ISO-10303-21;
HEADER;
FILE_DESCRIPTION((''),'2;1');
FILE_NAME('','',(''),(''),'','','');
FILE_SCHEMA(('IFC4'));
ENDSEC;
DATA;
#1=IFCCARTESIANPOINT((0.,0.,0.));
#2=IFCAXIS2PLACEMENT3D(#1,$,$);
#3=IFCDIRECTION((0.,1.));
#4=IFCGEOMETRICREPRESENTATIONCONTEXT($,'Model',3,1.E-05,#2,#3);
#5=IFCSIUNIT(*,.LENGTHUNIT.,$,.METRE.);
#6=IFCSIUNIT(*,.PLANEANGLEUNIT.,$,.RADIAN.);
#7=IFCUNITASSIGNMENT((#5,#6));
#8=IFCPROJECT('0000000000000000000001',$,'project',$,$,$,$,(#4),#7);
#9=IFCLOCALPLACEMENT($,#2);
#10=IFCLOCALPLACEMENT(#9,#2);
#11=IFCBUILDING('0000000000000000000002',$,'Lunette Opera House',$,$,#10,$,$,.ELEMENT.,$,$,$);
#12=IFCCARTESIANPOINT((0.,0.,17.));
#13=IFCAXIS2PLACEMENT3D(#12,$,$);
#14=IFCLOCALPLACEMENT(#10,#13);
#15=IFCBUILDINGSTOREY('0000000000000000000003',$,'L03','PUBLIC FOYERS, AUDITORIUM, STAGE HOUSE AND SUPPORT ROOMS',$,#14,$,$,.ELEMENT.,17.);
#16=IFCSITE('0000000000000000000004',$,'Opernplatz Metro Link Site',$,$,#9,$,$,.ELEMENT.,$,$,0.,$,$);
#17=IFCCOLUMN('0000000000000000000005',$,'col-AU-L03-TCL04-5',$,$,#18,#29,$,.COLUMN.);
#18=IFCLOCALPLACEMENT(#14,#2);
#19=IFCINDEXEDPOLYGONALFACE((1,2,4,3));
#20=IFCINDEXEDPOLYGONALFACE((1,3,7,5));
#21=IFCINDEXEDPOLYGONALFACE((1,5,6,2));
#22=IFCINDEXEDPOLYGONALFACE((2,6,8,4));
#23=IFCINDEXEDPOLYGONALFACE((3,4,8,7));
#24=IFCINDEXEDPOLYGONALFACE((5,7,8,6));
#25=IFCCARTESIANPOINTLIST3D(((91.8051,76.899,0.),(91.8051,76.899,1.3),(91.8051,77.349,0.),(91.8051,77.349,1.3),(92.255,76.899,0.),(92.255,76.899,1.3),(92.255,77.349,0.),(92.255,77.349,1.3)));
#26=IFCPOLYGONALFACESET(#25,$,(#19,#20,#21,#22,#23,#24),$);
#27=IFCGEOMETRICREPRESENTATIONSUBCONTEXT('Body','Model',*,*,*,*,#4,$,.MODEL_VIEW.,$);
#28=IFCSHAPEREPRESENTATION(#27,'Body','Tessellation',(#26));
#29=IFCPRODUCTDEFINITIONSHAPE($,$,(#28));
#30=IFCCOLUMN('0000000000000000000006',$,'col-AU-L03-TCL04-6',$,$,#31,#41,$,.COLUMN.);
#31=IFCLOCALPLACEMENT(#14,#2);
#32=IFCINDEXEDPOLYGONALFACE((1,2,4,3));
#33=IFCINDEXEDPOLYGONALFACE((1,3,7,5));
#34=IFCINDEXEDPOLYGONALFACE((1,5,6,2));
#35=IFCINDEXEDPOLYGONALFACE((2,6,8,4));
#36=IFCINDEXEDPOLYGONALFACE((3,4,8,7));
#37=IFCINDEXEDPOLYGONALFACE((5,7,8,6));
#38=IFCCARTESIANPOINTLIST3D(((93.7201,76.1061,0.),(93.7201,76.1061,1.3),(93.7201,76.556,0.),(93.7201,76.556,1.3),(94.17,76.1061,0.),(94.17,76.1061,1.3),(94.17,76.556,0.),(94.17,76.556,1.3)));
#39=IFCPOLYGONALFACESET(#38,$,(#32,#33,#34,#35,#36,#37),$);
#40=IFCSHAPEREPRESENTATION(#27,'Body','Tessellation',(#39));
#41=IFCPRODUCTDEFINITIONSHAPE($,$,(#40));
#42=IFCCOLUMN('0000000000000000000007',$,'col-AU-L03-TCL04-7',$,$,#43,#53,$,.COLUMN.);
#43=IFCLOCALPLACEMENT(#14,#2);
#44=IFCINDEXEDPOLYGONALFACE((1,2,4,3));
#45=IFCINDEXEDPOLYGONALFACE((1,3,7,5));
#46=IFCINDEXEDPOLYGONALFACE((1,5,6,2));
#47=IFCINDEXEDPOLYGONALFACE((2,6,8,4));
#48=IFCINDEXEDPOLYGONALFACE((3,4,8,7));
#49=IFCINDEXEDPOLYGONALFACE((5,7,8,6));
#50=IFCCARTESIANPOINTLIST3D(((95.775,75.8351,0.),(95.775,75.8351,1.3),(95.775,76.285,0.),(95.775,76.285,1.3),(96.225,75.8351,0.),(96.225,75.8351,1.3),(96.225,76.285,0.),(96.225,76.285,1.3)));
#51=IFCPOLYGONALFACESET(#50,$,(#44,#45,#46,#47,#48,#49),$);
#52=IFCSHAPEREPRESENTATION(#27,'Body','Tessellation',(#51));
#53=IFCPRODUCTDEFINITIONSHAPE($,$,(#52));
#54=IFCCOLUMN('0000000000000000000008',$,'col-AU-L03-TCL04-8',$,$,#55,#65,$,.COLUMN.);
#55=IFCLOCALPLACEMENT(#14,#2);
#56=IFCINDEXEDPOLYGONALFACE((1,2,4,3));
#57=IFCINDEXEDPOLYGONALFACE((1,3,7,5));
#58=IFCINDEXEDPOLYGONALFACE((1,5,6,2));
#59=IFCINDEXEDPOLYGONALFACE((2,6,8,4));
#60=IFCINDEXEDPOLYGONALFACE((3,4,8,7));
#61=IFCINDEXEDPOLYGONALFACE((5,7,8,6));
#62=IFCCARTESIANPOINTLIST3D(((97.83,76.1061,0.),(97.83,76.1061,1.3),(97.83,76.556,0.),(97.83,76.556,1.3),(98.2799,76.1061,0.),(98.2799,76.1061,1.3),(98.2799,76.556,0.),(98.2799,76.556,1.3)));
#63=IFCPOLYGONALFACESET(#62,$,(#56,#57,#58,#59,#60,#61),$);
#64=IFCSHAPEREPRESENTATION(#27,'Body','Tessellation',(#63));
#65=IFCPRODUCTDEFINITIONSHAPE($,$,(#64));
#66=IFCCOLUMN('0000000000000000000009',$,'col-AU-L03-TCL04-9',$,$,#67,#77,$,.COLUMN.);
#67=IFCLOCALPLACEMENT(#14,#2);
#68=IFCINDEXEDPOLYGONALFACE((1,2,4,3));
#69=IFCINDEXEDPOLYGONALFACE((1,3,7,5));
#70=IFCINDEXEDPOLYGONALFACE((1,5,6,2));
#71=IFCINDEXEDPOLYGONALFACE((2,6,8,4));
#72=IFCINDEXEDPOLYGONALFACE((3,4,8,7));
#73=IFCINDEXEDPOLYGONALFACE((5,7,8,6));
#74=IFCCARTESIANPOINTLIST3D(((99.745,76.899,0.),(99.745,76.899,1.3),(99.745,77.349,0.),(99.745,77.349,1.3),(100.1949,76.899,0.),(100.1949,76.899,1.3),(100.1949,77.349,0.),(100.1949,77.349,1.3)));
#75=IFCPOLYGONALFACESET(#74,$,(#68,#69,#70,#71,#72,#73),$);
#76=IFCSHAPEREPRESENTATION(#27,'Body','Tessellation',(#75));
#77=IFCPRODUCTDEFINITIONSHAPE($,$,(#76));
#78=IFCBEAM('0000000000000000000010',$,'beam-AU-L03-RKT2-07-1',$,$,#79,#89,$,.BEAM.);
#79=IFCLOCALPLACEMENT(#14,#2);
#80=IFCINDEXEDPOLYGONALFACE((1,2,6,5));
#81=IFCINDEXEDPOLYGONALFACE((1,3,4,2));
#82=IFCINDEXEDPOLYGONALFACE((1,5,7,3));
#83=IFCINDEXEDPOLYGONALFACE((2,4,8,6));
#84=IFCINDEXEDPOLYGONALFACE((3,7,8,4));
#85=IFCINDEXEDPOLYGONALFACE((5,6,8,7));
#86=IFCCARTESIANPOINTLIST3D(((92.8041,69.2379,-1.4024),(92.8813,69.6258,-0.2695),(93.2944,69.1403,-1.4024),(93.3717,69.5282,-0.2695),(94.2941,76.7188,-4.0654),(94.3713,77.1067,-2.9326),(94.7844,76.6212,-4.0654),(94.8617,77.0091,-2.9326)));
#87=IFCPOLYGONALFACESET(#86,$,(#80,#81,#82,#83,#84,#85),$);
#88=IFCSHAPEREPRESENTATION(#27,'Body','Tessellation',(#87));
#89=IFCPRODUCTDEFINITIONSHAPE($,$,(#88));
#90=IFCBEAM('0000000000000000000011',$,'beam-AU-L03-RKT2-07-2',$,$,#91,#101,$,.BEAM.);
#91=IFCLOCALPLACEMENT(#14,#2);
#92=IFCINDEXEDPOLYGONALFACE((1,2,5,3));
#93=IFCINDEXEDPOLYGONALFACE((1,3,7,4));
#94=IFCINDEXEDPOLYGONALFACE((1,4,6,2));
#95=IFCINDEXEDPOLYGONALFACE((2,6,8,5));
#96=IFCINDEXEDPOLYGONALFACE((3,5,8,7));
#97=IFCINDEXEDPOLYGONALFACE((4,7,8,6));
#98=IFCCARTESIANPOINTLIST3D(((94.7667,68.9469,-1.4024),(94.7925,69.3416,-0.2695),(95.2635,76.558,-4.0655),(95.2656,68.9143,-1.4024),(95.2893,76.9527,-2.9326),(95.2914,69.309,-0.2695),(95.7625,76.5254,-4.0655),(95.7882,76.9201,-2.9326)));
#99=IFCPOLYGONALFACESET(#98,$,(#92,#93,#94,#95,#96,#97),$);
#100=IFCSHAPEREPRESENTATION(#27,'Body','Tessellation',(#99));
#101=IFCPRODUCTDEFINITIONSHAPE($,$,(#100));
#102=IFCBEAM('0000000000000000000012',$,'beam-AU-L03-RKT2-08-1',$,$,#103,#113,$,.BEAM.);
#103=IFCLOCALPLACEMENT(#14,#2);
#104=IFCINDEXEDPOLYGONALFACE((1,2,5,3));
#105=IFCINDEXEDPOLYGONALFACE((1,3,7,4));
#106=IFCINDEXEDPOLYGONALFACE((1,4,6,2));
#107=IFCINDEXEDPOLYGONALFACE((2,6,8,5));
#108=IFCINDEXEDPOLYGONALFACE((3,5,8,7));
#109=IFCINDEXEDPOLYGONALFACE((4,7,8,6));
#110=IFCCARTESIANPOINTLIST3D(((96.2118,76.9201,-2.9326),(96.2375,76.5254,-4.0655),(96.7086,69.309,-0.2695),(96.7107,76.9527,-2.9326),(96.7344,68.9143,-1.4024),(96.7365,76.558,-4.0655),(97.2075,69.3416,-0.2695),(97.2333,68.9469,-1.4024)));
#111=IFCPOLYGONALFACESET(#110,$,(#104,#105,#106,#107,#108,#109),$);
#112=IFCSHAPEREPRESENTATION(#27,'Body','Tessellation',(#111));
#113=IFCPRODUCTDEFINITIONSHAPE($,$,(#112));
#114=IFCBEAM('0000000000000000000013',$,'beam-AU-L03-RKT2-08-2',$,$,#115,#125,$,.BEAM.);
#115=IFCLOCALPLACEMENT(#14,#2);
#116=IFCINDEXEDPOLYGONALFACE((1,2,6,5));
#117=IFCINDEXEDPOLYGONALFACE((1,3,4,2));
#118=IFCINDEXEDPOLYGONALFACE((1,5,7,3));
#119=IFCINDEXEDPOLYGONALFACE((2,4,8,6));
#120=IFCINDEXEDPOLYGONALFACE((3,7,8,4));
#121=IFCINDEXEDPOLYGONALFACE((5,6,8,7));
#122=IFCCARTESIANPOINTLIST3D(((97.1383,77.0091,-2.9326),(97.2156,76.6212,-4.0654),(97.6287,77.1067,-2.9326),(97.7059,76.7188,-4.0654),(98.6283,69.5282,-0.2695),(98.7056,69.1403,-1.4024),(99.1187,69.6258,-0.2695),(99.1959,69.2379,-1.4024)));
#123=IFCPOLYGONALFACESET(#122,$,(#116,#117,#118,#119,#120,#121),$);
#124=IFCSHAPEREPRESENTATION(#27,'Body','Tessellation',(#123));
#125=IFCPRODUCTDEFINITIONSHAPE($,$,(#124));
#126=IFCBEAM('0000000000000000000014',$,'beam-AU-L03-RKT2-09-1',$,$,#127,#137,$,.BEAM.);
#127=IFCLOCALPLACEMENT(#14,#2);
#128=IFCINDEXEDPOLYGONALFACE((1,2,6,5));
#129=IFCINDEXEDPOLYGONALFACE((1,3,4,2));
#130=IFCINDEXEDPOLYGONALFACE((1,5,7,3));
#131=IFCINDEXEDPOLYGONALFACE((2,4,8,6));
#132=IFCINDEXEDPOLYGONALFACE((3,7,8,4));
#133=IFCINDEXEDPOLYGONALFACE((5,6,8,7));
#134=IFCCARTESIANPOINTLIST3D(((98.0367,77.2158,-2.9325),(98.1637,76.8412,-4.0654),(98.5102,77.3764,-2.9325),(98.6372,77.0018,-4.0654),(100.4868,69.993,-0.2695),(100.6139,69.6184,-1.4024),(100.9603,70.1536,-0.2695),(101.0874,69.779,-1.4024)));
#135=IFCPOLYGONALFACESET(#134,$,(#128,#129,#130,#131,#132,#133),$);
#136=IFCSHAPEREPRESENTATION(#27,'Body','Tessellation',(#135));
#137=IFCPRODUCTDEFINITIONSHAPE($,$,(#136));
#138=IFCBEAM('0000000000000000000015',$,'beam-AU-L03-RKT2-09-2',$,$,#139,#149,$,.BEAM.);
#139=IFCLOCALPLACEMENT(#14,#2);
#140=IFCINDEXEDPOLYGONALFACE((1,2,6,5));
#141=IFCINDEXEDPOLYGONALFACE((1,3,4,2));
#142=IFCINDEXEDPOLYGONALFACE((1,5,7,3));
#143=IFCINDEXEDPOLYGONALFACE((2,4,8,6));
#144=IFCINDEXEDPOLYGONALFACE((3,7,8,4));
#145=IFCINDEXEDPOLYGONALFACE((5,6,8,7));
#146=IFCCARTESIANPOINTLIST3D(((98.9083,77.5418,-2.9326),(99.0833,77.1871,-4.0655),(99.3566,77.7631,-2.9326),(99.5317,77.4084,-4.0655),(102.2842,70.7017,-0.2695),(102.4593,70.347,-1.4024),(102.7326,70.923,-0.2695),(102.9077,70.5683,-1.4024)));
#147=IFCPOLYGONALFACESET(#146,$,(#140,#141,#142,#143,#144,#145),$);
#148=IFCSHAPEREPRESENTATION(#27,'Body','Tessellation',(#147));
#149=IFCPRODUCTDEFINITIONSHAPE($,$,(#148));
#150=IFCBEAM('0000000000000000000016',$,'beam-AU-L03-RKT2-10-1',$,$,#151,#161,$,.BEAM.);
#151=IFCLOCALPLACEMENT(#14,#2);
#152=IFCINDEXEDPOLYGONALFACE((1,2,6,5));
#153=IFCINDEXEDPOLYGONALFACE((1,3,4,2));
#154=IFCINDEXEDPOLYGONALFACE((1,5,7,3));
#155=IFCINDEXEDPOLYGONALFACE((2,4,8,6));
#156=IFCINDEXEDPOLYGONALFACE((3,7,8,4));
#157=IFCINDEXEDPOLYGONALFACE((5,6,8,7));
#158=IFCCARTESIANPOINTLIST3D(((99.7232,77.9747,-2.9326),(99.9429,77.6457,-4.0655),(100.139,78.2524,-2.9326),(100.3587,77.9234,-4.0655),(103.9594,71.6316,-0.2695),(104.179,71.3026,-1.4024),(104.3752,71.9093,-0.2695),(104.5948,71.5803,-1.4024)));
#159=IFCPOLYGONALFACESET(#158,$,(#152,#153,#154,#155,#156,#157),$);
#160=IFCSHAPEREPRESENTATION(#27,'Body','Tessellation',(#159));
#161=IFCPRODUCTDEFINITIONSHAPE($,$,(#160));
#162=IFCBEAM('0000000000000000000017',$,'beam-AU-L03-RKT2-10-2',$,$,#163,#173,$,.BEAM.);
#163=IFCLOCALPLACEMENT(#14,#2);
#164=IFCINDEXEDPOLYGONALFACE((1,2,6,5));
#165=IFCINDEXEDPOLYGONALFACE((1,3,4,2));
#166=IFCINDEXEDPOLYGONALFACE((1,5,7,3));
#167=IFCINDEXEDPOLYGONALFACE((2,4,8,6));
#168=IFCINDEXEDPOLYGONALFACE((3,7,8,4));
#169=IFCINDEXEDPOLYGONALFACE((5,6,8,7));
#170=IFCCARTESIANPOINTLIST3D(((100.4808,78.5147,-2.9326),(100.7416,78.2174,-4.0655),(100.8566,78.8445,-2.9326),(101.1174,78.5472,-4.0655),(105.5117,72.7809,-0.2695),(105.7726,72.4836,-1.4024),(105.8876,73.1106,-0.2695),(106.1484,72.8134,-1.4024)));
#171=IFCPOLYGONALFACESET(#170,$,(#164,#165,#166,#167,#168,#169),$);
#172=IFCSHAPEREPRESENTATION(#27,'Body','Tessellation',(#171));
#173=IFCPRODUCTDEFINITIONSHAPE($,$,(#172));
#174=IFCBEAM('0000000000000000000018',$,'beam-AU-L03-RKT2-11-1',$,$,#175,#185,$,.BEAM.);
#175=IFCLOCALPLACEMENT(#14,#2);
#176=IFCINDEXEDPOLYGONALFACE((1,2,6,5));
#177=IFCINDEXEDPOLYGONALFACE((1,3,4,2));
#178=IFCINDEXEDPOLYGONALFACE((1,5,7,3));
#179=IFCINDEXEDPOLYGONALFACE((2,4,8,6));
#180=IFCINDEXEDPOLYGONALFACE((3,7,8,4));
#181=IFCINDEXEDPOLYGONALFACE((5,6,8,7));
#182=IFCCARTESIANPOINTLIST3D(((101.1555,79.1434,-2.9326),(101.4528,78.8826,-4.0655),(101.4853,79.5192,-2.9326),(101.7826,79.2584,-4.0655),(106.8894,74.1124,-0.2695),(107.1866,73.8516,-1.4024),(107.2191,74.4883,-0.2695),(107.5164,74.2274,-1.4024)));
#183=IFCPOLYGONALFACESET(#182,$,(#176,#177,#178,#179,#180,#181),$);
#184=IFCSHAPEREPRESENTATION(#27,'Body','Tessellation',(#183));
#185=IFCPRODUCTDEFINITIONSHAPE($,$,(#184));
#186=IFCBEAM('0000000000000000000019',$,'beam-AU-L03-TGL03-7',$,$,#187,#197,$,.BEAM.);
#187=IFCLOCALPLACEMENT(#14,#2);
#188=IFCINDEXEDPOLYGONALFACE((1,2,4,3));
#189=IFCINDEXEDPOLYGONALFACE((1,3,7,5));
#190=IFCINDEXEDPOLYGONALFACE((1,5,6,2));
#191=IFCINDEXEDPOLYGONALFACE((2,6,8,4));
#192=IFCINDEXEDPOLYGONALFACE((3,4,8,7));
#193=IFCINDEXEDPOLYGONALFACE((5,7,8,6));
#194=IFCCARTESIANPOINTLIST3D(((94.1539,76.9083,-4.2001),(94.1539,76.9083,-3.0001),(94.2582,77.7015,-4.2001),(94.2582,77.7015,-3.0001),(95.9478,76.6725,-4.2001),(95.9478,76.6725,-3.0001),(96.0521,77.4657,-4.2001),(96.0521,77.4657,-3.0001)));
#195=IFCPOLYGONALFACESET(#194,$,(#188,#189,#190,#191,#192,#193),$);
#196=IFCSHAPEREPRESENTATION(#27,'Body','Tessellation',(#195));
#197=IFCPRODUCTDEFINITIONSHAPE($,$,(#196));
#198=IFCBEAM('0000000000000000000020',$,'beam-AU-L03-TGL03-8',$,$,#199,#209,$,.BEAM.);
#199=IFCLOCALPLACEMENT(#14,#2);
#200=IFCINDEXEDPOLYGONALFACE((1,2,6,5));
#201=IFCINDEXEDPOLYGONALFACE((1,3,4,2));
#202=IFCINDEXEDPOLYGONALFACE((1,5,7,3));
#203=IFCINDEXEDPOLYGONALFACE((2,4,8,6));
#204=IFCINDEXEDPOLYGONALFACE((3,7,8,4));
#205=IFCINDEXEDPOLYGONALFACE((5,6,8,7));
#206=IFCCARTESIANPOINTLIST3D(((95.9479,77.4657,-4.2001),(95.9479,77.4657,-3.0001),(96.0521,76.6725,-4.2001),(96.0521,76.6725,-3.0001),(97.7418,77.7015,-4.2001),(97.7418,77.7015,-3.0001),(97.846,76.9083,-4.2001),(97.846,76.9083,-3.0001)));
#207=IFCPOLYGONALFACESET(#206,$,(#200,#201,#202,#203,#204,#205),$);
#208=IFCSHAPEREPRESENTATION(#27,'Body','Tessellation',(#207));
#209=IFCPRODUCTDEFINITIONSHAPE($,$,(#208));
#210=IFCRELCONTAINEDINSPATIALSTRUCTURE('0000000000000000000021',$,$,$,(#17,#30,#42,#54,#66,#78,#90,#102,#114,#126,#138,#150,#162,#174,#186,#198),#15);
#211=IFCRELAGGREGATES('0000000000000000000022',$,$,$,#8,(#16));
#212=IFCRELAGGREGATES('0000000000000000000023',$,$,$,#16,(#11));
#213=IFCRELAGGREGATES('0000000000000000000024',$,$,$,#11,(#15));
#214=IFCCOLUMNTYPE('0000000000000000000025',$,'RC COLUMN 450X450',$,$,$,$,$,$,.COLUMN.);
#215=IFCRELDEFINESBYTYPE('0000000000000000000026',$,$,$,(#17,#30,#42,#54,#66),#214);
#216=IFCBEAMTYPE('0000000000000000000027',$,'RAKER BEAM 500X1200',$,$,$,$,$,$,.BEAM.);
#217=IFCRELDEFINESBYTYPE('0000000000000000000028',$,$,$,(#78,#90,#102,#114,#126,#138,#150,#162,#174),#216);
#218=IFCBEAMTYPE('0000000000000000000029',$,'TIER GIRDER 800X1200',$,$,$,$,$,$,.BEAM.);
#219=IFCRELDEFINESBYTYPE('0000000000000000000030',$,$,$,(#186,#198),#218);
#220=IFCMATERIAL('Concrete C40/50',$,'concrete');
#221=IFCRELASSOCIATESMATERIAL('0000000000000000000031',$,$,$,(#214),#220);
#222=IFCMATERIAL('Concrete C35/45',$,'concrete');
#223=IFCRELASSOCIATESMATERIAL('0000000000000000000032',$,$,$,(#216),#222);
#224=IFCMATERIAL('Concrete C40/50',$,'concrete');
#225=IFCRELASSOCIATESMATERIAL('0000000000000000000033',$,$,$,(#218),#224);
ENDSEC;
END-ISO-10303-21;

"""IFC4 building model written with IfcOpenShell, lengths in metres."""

from ifc_helpers import new_model, si_unit, direction, frame, origin, origin_2d, place, context, subcontext, project, spatial, rectangle, extrude, material, material_profile, profile_set, type_object, element, save


model = new_model("IFC4")

# Units and contexts
model_context = context("Model", 3, precision=1e-05, world=origin(), true_north=direction((0.0, 1.0)))
body_context = subcontext(model_context, "Body", "Model", "MODEL_VIEW")
ifc_project = project(units=[si_unit("LENGTHUNIT", "METRE"), si_unit("PLANEANGLEUNIT", "RADIAN")], contexts=[model_context])

# Site, building, storey
site_placement = place(None, origin())
site = spatial("IfcSite", under=ifc_project, at=site_placement, Name="Opernplatz Metro Link Site", CompositionType="ELEMENT", RefElevation=0.0)
building_placement = place(site_placement, origin())
building = spatial("IfcBuilding", under=site, at=building_placement, Name="Lunette Opera House", CompositionType="ELEMENT")
storey_placement = place(building_placement, frame((0.0, 0.0, 17.0)))
storey = spatial("IfcBuildingStorey", under=building, at=storey_placement, Name="L03", Description="PUBLIC FOYERS, AUDITORIUM, STAGE HOUSE AND SUPPORT ROOMS", CompositionType="ELEMENT", Elevation=17.0)

# Columns
ifc_material_1 = material(Name="Concrete C40/50", Category="concrete")
ifc_material_profile_1 = material_profile(ifc_material_1, rectangle(XDim=0.45, YDim=0.45, at=origin_2d()), Name="RC COLUMN 450X450")
ifc_profile_set_1 = profile_set([ifc_material_profile_1], Name="Concrete C40/50")
column_type = type_object("IfcColumnType", Name="RC COLUMN 450X450", PredefinedType="COLUMN", material=ifc_profile_set_1)
for number, where, z_axis, x_axis, name in (
    (1, (92.03, 77.124, 0.0), (0.0, 0.0, 1.0), (1.0, 0.0, 0.0), "col-AU-L03-TCL04-5"),
    (2, (93.9451, 76.3311, 0.0), (0.0, 0.0, 1.0), (1.0, 0.0, 0.0), "col-AU-L03-TCL04-6"),
    (3, (96.0, 76.0601, 0.0), (0.0, 0.0, 1.0), (1.0, 0.0, 0.0), "col-AU-L03-TCL04-7"),
    (4, (98.0549, 76.3311, 0.0), (0.0, 0.0, 1.0), (1.0, 0.0, 0.0), "col-AU-L03-TCL04-8"),
    (5, (99.97, 77.124, 0.0), (0.0, 0.0, 1.0), (1.0, 0.0, 0.0), "col-AU-L03-TCL04-9"),
):
    element("IfcColumn", number, at=place(storey_placement, frame(where, z_axis=z_axis, x_axis=x_axis)), inside=storey, type_object=column_type, Name=name, PredefinedType="COLUMN", context=body_context, shape_type="SweptSolid", body=[
        extrude(rectangle(XDim=0.45, YDim=0.45, at=origin_2d()), origin(), (0.0, 0.0, 1.0), 1.3),
    ])

# Beams
ifc_material_2 = material(Name="Concrete C35/45", Category="concrete")
ifc_material_profile_2 = material_profile(ifc_material_2, rectangle(XDim=0.5, YDim=1.2, at=origin_2d()), Name="RAKER BEAM 500X1200")
ifc_profile_set_2 = profile_set([ifc_material_profile_2], Name="Concrete C35/45")
beam_type_1 = type_object("IfcBeamType", Name="RAKER BEAM 500X1200", PredefinedType="BEAM", material=ifc_profile_set_2)
beam_1_placement = place(storey_placement, frame((93.0879, 69.3831, -0.8359), z_axis=(0.184418, 0.925929, -0.329614), x_axis=(-0.980737, 0.195334, 0.0)))
element("IfcBeam", 6, at=beam_1_placement, inside=storey, type_object=beam_type_1, Name="beam-AU-L03-RKT2-07-1", PredefinedType="BEAM", context=body_context, shape_type="SweptSolid", body=[
    extrude(rectangle(XDim=0.5, YDim=1.2, at=origin_2d()), origin(), (0.0, 0.0, 1.0), 8.0793),
])
for number, where, z_axis, x_axis, name in (
    (7, (95.0291, 69.1279, -0.8359), (0.061497, 0.942102, -0.329638), (-0.997876, 0.065138, 0.0), "beam-AU-L03-RKT2-07-2"),
    (8, (96.9709, 69.1279, -0.8359), (-0.061497, 0.942102, -0.329638), (-0.997876, -0.065138, 0.0), "beam-AU-L03-RKT2-08-1"),
):
    element("IfcBeam", number, at=place(storey_placement, frame(where, z_axis=z_axis, x_axis=x_axis)), inside=storey, type_object=beam_type_1, Name=name, PredefinedType="BEAM", context=body_context, shape_type="SweptSolid", body=[
        extrude(rectangle(XDim=0.5, YDim=1.2, at=origin_2d()), origin(), (0.0, 0.0, 1.0), 8.0789),
    ])
beam_2_placement = place(storey_placement, frame((98.9121, 69.3831, -0.8359), z_axis=(-0.184418, 0.925929, -0.329614), x_axis=(-0.980737, -0.195334, 0.0)))
element("IfcBeam", 9, at=beam_2_placement, inside=storey, type_object=beam_type_1, Name="beam-AU-L03-RKT2-08-2", PredefinedType="BEAM", context=body_context, shape_type="SweptSolid", body=[
    extrude(rectangle(XDim=0.5, YDim=1.2, at=origin_2d()), origin(), (0.0, 0.0, 1.0), 8.0793),
])
beam_3_placement = place(storey_placement, frame((100.7871, 69.886, -0.8359), z_axis=(-0.30329, 0.894065, -0.329642), x_axis=(-0.946996, -0.321246, 0.0)))
element("IfcBeam", 10, at=beam_3_placement, inside=storey, type_object=beam_type_1, Name="beam-AU-L03-RKT2-09-1", PredefinedType="BEAM", context=body_context, shape_type="SweptSolid", body=[
    extrude(rectangle(XDim=0.5, YDim=1.2, at=origin_2d()), origin(), (0.0, 0.0, 1.0), 8.0786),
])
beam_4_placement = place(storey_placement, frame((102.5959, 70.635, -0.8359), z_axis=(-0.417852, 0.846613, -0.329616), x_axis=(-0.896726, -0.442586, 0.0)))
element("IfcBeam", 11, at=beam_4_placement, inside=storey, type_object=beam_type_1, Name="beam-AU-L03-RKT2-09-2", PredefinedType="BEAM", context=body_context, shape_type="SweptSolid", body=[
    extrude(rectangle(XDim=0.5, YDim=1.2, at=origin_2d()), origin(), (0.0, 0.0, 1.0), 8.0793),
])
beam_5_placement = place(storey_placement, frame((104.2771, 71.606, -0.8359), z_axis=(-0.524332, 0.785124, -0.32963), x_axis=(-0.831602, -0.555372, 0.0)))
element("IfcBeam", 12, at=beam_5_placement, inside=storey, type_object=beam_type_1, Name="beam-AU-L03-RKT2-10-1", PredefinedType="BEAM", context=body_context, shape_type="SweptSolid", body=[
    extrude(rectangle(XDim=0.5, YDim=1.2, at=origin_2d()), origin(), (0.0, 0.0, 1.0), 8.0791),
])
for number, where, z_axis, x_axis, name in (
    (13, (105.8301, 72.7971, -0.8359), (-0.622677, 0.709671, -0.329605), (-0.751676, -0.659533, 0.0), "beam-AU-L03-RKT2-10-2"),
    (14, (107.2029, 74.1699, -0.8359), (-0.709671, 0.622677, -0.329605), (-0.659533, -0.751676, 0.0), "beam-AU-L03-RKT2-11-1"),
):
    element("IfcBeam", number, at=place(storey_placement, frame(where, z_axis=z_axis, x_axis=x_axis)), inside=storey, type_object=beam_type_1, Name=name, PredefinedType="BEAM", context=body_context, shape_type="SweptSolid", body=[
        extrude(rectangle(XDim=0.5, YDim=1.2, at=origin_2d()), origin(), (0.0, 0.0, 1.0), 8.0796),
    ])
ifc_material_3 = material(Name="Concrete C40/50", Category="concrete")
ifc_material_profile_3 = material_profile(ifc_material_3, rectangle(XDim=0.8, YDim=1.2, at=origin_2d()), Name="TIER GIRDER 800X1200")
ifc_profile_set_3 = profile_set([ifc_material_profile_3], Name="Concrete C40/50")
beam_type_2 = type_object("IfcBeamType", Name="TIER GIRDER 800X1200", PredefinedType="BEAM", material=ifc_profile_set_3)
for number, where, z_axis, x_axis, name in (
    (15, (94.2061, 77.3049, -3.6001), (0.991469, -0.130343, 0.0), (0.130343, 0.991469, 0.0), "beam-AU-L03-TGL03-7"),
    (16, (96.0, 77.0691, -3.6001), (0.991469, 0.130343, 0.0), (-0.130343, 0.991469, 0.0), "beam-AU-L03-TGL03-8"),
):
    element("IfcBeam", number, at=place(storey_placement, frame(where, z_axis=z_axis, x_axis=x_axis)), inside=storey, type_object=beam_type_2, Name=name, PredefinedType="BEAM", context=body_context, shape_type="SweptSolid", body=[
        extrude(rectangle(XDim=0.8, YDim=1.2, at=origin_2d()), origin(), (0.0, 0.0, 1.0), 1.8093),
    ])

save(model, "model.ifc")
